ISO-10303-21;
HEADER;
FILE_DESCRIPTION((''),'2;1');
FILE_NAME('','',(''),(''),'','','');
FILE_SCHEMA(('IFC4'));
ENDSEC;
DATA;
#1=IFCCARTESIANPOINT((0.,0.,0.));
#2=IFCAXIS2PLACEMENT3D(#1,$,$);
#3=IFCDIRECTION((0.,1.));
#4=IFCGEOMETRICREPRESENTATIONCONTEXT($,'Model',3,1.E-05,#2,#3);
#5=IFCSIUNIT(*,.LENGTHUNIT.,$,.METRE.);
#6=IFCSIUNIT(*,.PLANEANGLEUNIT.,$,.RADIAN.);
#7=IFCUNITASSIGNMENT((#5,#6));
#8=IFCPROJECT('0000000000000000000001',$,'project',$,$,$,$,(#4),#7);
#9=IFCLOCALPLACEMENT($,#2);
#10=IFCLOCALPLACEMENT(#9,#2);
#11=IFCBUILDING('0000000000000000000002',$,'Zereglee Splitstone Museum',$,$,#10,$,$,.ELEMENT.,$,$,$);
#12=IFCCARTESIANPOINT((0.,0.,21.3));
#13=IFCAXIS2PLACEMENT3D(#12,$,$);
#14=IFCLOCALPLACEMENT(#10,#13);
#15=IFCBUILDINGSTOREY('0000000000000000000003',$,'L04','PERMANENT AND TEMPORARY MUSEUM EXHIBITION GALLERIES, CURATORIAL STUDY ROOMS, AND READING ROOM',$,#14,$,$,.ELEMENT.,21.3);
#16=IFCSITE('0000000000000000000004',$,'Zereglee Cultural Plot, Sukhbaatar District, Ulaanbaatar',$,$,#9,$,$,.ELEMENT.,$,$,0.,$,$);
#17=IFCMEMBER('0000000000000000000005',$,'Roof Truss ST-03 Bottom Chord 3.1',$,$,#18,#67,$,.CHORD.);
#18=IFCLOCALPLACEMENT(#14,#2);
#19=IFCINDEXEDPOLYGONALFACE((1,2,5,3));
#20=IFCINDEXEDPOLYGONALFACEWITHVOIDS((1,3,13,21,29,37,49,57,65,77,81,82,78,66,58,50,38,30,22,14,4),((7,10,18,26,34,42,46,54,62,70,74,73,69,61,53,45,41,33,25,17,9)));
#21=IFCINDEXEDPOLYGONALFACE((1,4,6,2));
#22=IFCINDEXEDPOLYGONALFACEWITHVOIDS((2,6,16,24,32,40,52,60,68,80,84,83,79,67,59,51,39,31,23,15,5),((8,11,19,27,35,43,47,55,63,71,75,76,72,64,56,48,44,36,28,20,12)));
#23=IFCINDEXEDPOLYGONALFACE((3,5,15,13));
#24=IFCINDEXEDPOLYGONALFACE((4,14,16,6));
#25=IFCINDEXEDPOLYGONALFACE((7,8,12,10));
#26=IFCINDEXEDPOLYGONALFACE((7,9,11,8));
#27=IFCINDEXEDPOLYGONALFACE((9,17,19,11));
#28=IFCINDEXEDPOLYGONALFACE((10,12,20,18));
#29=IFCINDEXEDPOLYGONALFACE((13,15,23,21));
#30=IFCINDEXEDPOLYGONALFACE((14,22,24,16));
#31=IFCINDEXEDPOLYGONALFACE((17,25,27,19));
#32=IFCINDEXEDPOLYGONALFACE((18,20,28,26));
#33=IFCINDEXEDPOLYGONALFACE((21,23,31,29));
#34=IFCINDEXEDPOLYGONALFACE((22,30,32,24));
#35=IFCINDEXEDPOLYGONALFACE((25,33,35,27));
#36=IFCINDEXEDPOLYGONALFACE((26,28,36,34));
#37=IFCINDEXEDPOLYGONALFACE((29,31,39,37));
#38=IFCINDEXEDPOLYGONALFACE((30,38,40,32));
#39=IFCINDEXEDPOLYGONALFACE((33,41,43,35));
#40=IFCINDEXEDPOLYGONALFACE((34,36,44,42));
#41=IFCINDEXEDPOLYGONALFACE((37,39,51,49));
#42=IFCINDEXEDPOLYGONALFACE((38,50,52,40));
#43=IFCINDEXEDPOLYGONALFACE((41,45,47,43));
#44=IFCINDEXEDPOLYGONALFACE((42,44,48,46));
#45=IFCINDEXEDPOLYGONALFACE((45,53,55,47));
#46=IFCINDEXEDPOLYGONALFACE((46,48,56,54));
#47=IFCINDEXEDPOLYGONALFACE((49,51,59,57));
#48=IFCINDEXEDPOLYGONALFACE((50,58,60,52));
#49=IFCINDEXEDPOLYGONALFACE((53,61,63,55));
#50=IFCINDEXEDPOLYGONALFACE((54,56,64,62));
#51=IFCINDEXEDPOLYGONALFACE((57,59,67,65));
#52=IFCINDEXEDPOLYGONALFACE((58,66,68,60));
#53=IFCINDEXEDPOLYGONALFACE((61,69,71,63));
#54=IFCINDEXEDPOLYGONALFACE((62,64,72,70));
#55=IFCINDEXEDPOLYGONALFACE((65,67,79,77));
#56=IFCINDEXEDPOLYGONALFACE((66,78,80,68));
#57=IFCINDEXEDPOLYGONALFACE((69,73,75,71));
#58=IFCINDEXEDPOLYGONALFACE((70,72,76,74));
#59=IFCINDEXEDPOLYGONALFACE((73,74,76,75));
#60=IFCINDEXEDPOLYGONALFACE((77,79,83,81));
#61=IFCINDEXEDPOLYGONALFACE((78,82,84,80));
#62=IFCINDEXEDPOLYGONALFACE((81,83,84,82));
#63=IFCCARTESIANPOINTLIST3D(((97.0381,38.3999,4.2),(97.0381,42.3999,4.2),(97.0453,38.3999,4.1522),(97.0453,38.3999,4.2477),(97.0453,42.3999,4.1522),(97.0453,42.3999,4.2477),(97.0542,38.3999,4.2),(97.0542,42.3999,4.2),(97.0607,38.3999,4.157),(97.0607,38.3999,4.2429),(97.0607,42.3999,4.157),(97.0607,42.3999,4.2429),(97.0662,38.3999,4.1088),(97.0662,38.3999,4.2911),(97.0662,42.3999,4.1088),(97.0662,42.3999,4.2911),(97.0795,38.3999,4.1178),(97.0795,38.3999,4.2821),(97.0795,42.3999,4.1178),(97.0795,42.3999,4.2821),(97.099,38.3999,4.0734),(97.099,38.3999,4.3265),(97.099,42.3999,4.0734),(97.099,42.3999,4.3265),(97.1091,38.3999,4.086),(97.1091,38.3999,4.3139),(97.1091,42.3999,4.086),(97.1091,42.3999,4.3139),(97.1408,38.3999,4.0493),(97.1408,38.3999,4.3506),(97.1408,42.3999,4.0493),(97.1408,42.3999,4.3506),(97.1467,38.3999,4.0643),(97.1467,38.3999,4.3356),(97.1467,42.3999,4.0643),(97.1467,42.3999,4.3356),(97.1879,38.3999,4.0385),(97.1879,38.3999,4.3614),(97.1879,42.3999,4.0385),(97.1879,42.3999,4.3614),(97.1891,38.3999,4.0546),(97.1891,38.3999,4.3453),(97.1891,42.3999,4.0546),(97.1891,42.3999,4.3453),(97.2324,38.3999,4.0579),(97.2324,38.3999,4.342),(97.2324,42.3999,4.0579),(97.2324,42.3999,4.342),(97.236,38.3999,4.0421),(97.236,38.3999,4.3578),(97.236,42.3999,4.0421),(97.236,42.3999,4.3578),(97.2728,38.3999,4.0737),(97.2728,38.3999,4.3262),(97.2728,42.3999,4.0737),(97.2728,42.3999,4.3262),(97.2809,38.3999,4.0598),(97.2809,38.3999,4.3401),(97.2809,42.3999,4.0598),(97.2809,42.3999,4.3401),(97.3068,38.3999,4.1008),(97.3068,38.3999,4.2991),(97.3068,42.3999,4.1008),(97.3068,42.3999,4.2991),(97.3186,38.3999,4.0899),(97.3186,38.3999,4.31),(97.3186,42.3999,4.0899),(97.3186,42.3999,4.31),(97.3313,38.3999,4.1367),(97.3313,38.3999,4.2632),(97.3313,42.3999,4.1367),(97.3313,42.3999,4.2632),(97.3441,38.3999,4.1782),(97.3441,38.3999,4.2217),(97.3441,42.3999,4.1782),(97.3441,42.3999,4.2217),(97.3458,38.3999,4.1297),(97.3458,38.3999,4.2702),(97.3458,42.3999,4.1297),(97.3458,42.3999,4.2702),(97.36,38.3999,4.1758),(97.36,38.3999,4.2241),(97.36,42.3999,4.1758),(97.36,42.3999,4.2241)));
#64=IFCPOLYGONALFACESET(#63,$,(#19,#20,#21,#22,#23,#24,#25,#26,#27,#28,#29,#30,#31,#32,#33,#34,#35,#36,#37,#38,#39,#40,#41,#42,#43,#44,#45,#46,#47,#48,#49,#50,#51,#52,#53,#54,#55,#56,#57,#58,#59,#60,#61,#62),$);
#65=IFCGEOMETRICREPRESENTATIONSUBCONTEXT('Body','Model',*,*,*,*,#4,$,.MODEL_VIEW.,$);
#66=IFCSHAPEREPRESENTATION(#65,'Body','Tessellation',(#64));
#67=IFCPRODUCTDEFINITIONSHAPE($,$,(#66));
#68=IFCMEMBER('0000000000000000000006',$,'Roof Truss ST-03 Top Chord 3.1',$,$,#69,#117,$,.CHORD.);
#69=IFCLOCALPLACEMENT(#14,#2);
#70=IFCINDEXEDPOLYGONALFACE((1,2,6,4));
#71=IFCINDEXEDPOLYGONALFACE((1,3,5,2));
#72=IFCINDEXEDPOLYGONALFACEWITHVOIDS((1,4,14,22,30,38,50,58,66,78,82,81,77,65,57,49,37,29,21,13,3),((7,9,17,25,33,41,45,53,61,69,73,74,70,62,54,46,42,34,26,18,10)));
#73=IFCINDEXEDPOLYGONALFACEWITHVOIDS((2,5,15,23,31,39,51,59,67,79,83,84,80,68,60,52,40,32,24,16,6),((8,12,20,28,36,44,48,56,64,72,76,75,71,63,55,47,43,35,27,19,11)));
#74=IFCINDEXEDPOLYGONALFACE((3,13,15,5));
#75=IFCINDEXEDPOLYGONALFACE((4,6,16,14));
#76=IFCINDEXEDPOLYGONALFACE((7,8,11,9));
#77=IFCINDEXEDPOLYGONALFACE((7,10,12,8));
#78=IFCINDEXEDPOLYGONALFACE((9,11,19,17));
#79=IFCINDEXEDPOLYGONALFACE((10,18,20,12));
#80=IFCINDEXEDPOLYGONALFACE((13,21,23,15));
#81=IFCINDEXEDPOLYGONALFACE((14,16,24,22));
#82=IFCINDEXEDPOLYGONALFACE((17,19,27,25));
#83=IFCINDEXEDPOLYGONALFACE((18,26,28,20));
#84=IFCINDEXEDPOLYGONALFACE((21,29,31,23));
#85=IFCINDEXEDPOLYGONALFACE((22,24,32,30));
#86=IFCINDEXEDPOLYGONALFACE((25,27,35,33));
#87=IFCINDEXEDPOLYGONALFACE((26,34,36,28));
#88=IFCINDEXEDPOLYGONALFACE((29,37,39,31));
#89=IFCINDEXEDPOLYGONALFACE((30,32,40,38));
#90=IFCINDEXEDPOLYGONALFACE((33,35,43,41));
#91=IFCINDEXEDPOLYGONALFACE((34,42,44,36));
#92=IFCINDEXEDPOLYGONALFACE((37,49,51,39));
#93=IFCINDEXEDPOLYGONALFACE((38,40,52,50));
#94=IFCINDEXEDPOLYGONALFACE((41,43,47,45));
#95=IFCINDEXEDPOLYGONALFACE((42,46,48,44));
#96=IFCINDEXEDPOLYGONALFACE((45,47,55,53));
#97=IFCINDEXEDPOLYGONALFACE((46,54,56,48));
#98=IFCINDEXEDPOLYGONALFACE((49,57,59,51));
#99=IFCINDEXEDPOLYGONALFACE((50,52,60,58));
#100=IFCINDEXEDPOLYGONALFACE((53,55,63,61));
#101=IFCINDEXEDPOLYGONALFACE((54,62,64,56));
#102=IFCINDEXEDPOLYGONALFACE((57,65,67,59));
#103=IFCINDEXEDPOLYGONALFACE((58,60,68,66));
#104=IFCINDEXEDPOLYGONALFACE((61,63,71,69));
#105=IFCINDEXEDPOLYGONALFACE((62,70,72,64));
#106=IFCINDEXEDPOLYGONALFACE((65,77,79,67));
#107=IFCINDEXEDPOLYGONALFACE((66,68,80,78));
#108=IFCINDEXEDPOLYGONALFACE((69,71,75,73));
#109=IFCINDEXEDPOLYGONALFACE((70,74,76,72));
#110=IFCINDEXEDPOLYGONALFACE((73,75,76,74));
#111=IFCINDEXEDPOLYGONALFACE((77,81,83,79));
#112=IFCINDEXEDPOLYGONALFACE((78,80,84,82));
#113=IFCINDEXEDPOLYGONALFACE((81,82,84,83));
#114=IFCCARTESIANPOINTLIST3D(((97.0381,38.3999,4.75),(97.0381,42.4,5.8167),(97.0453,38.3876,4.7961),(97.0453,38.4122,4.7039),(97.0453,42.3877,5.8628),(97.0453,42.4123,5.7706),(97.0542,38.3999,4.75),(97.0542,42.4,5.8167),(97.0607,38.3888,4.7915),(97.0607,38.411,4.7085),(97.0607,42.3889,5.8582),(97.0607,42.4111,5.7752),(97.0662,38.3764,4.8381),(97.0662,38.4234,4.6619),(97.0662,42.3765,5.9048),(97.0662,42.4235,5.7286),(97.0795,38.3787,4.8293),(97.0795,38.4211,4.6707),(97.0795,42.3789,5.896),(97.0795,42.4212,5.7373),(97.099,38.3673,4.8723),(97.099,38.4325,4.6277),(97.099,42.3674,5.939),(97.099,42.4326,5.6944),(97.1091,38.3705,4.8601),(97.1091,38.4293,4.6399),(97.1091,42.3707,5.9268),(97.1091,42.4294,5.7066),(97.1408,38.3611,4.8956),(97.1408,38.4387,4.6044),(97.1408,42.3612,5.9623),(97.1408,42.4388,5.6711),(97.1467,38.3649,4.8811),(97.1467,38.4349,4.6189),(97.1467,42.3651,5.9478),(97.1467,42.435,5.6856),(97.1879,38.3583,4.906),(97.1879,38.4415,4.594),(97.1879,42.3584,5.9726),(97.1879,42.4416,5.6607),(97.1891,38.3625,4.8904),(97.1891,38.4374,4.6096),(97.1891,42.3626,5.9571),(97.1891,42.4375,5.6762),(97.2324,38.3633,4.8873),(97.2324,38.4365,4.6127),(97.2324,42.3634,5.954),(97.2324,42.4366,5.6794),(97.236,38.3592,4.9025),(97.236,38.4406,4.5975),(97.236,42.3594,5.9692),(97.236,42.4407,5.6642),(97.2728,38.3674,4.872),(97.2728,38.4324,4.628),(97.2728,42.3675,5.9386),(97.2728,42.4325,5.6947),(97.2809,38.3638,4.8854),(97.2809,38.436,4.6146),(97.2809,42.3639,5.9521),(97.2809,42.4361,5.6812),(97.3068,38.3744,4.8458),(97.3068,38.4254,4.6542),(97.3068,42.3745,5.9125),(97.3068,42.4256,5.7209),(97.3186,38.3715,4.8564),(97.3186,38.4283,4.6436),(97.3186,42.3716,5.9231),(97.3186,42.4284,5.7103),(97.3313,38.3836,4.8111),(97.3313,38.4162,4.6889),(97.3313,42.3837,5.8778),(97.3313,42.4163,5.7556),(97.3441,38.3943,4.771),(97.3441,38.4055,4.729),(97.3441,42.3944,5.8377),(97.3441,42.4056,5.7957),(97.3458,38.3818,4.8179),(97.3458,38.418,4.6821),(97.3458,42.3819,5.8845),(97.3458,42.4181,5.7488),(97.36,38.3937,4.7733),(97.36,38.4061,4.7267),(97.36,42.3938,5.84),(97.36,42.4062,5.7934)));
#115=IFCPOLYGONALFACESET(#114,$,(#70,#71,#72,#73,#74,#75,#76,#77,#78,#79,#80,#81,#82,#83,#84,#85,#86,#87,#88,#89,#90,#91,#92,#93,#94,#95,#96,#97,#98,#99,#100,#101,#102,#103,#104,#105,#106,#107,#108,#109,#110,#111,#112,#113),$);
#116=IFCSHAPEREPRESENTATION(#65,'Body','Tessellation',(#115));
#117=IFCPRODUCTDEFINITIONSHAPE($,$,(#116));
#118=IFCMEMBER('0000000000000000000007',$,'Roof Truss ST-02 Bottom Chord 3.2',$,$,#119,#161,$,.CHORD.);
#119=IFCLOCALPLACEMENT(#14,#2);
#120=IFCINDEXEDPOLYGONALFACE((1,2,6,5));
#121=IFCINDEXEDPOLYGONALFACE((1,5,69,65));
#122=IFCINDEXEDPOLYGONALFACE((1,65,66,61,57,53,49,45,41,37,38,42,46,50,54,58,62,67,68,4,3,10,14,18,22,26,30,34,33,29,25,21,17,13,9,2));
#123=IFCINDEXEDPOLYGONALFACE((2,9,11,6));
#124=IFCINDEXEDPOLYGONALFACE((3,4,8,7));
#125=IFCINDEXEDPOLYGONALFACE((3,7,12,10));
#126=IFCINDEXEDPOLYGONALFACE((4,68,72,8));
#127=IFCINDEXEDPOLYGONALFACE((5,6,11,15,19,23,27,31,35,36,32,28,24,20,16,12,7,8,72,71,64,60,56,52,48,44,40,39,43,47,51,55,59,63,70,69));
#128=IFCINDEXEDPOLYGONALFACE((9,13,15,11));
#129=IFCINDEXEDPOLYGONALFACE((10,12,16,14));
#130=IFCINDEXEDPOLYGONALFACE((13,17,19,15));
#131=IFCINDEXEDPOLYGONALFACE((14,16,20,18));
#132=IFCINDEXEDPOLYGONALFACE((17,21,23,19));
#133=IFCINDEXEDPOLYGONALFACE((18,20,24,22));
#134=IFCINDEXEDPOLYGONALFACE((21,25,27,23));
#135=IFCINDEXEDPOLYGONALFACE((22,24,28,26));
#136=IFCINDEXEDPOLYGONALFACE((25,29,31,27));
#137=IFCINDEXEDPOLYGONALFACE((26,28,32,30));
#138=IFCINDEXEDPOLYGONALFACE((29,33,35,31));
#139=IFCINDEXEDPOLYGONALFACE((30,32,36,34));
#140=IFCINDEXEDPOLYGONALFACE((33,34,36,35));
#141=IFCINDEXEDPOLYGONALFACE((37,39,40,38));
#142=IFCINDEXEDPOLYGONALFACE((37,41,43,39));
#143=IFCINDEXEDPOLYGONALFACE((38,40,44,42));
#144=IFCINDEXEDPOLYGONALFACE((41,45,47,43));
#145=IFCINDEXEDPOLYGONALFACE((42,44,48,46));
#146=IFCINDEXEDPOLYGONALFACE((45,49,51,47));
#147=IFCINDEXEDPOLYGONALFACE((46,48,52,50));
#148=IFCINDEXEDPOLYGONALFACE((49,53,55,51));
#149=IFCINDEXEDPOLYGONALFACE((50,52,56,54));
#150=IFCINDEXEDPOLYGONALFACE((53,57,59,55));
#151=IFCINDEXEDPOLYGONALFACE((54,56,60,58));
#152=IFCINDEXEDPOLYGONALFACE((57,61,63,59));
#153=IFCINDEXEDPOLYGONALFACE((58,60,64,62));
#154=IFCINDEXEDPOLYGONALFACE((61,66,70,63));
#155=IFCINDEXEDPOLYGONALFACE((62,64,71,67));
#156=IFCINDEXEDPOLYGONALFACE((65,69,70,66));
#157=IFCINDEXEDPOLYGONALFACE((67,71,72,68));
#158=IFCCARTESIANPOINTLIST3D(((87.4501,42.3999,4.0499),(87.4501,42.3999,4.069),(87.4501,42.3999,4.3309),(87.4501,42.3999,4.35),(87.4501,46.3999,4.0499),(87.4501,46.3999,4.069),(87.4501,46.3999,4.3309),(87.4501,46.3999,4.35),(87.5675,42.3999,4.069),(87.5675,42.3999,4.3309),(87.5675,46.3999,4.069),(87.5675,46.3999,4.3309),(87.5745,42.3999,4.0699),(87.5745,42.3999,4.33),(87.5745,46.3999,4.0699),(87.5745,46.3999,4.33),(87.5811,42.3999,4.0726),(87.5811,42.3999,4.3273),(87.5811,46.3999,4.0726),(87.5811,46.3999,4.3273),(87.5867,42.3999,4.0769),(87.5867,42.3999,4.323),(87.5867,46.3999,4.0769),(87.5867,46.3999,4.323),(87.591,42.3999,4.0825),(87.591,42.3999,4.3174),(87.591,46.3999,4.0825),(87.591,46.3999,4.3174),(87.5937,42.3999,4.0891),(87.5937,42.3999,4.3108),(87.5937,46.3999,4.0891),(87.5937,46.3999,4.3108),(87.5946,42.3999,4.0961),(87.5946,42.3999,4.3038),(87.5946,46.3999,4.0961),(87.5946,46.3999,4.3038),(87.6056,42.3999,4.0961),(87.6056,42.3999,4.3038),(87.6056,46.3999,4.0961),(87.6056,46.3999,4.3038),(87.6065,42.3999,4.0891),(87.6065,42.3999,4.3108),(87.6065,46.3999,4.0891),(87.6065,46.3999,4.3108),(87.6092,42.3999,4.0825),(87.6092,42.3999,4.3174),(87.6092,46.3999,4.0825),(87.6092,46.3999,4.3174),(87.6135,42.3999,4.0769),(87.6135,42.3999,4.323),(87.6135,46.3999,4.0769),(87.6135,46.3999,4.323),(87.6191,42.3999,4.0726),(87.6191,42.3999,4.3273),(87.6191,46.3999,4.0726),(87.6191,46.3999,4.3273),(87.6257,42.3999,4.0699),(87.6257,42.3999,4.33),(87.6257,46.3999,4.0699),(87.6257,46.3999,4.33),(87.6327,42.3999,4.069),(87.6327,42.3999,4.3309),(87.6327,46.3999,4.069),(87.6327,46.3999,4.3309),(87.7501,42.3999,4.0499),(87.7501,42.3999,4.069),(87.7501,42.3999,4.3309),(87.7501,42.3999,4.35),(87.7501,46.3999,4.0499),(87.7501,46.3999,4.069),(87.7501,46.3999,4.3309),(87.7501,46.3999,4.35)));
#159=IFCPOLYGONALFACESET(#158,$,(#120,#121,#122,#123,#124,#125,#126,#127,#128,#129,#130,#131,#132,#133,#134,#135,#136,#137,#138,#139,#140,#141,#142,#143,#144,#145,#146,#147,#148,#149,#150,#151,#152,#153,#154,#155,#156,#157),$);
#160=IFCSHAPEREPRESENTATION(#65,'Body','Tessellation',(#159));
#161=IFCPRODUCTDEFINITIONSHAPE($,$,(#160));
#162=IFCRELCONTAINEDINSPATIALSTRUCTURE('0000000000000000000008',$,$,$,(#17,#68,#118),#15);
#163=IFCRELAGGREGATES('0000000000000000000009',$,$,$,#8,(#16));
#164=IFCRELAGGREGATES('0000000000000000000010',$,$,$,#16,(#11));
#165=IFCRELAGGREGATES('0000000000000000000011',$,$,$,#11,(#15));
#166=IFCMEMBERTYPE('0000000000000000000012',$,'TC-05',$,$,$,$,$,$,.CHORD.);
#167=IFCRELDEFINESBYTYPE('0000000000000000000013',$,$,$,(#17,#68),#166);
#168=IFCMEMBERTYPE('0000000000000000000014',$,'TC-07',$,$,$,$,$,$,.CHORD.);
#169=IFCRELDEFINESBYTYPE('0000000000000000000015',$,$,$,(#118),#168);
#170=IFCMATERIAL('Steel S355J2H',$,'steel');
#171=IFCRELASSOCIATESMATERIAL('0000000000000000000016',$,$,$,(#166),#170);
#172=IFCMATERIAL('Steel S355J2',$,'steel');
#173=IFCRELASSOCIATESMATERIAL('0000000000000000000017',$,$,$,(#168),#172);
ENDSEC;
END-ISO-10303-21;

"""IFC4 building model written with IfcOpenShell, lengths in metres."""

from ifc_helpers import new_model, si_unit, direction, frame, origin, origin_2d, place, context, subcontext, project, spatial, hollow_circle, i_section, extrude, material, material_profile, profile_set, type_object, element, save


model = new_model("IFC4")

# Units and contexts
model_context = context("Model", 3, precision=1e-05, world=origin(), true_north=direction((0.0, 1.0)))
body_context = subcontext(model_context, "Body", "Model", "MODEL_VIEW")
ifc_project = project(units=[si_unit("LENGTHUNIT", "METRE"), si_unit("PLANEANGLEUNIT", "RADIAN")], contexts=[model_context])

# Site, building, storey
site_placement = place(None, origin())
site = spatial("IfcSite", under=ifc_project, at=site_placement, Name="Zereglee Cultural Plot, Sukhbaatar District, Ulaanbaatar", CompositionType="ELEMENT", RefElevation=0.0)
building_placement = place(site_placement, origin())
building = spatial("IfcBuilding", under=site, at=building_placement, Name="Zereglee Splitstone Museum", CompositionType="ELEMENT")
storey_placement = place(building_placement, frame((0.0, 0.0, 21.3)))
storey = spatial("IfcBuildingStorey", under=building, at=storey_placement, Name="L04", Description="PERMANENT AND TEMPORARY MUSEUM EXHIBITION GALLERIES, CURATORIAL STUDY ROOMS, AND READING ROOM", CompositionType="ELEMENT", Elevation=21.3)

# Shared definitions
ifc_material_1 = material(Name="Steel S355J2H", Category="steel")

# Members
ifc_material_profile_1 = material_profile(ifc_material_1, hollow_circle(Radius=0.1619, WallThickness=0.0161, at=origin_2d()), Name="CHS 323.9x16")
ifc_profile_set_1 = profile_set([ifc_material_profile_1], Name="Steel S355J2H")
member_type_1 = type_object("IfcMemberType", Name="TC-05", PredefinedType="CHORD", material=ifc_profile_set_1)
member_1_placement = place(storey_placement, frame((97.2, 38.3999, 4.2), z_axis=(0.0, 1.0, 0.0), x_axis=(-1.0, 0.0, 0.0)))
element("IfcMember", 1, at=member_1_placement, inside=storey, type_object=member_type_1, Name="Roof Truss ST-03 Bottom Chord 3.1", PredefinedType="CHORD", context=body_context, shape_type="SweptSolid", body=[
    extrude(hollow_circle(Radius=0.1619, WallThickness=0.0161, at=origin_2d()), origin(), (0.0, 0.0, 1.0), 4.0),
])
member_2_placement = place(storey_placement, frame((97.2, 38.3999, 4.75), z_axis=(0.0, 0.966236, 0.257659), x_axis=(-1.0, 0.0, 0.0)))
element("IfcMember", 2, at=member_2_placement, inside=storey, type_object=member_type_1, Name="Roof Truss ST-03 Top Chord 3.1", PredefinedType="CHORD", context=body_context, shape_type="SweptSolid", body=[
    extrude(hollow_circle(Radius=0.1619, WallThickness=0.0161, at=origin_2d()), origin(), (0.0, 0.0, 1.0), 4.1399),
])
ifc_material_2 = material(Name="Steel S355J2", Category="steel")
ifc_material_profile_2 = material_profile(ifc_material_2, i_section(OverallWidth=0.3, OverallDepth=0.3, WebThickness=0.011, FlangeThickness=0.019, FilletRadius=0.0271, at=origin_2d()), Name="HE 300 B")
ifc_profile_set_2 = profile_set([ifc_material_profile_2], Name="Steel S355J2")
member_type_2 = type_object("IfcMemberType", Name="TC-07", PredefinedType="CHORD", material=ifc_profile_set_2)
member_3_placement = place(storey_placement, frame((87.6001, 42.3999, 4.2), z_axis=(0.0, 1.0, 0.0), x_axis=(-1.0, 0.0, 0.0)))
element("IfcMember", 3, at=member_3_placement, inside=storey, type_object=member_type_2, Name="Roof Truss ST-02 Bottom Chord 3.2", PredefinedType="CHORD", context=body_context, shape_type="SweptSolid", body=[
    extrude(i_section(OverallWidth=0.3, OverallDepth=0.3, WebThickness=0.011, FlangeThickness=0.019, FilletRadius=0.0271, at=origin_2d()), origin(), (0.0, 0.0, 1.0), 4.0),
])

save(model, "model.ifc")
